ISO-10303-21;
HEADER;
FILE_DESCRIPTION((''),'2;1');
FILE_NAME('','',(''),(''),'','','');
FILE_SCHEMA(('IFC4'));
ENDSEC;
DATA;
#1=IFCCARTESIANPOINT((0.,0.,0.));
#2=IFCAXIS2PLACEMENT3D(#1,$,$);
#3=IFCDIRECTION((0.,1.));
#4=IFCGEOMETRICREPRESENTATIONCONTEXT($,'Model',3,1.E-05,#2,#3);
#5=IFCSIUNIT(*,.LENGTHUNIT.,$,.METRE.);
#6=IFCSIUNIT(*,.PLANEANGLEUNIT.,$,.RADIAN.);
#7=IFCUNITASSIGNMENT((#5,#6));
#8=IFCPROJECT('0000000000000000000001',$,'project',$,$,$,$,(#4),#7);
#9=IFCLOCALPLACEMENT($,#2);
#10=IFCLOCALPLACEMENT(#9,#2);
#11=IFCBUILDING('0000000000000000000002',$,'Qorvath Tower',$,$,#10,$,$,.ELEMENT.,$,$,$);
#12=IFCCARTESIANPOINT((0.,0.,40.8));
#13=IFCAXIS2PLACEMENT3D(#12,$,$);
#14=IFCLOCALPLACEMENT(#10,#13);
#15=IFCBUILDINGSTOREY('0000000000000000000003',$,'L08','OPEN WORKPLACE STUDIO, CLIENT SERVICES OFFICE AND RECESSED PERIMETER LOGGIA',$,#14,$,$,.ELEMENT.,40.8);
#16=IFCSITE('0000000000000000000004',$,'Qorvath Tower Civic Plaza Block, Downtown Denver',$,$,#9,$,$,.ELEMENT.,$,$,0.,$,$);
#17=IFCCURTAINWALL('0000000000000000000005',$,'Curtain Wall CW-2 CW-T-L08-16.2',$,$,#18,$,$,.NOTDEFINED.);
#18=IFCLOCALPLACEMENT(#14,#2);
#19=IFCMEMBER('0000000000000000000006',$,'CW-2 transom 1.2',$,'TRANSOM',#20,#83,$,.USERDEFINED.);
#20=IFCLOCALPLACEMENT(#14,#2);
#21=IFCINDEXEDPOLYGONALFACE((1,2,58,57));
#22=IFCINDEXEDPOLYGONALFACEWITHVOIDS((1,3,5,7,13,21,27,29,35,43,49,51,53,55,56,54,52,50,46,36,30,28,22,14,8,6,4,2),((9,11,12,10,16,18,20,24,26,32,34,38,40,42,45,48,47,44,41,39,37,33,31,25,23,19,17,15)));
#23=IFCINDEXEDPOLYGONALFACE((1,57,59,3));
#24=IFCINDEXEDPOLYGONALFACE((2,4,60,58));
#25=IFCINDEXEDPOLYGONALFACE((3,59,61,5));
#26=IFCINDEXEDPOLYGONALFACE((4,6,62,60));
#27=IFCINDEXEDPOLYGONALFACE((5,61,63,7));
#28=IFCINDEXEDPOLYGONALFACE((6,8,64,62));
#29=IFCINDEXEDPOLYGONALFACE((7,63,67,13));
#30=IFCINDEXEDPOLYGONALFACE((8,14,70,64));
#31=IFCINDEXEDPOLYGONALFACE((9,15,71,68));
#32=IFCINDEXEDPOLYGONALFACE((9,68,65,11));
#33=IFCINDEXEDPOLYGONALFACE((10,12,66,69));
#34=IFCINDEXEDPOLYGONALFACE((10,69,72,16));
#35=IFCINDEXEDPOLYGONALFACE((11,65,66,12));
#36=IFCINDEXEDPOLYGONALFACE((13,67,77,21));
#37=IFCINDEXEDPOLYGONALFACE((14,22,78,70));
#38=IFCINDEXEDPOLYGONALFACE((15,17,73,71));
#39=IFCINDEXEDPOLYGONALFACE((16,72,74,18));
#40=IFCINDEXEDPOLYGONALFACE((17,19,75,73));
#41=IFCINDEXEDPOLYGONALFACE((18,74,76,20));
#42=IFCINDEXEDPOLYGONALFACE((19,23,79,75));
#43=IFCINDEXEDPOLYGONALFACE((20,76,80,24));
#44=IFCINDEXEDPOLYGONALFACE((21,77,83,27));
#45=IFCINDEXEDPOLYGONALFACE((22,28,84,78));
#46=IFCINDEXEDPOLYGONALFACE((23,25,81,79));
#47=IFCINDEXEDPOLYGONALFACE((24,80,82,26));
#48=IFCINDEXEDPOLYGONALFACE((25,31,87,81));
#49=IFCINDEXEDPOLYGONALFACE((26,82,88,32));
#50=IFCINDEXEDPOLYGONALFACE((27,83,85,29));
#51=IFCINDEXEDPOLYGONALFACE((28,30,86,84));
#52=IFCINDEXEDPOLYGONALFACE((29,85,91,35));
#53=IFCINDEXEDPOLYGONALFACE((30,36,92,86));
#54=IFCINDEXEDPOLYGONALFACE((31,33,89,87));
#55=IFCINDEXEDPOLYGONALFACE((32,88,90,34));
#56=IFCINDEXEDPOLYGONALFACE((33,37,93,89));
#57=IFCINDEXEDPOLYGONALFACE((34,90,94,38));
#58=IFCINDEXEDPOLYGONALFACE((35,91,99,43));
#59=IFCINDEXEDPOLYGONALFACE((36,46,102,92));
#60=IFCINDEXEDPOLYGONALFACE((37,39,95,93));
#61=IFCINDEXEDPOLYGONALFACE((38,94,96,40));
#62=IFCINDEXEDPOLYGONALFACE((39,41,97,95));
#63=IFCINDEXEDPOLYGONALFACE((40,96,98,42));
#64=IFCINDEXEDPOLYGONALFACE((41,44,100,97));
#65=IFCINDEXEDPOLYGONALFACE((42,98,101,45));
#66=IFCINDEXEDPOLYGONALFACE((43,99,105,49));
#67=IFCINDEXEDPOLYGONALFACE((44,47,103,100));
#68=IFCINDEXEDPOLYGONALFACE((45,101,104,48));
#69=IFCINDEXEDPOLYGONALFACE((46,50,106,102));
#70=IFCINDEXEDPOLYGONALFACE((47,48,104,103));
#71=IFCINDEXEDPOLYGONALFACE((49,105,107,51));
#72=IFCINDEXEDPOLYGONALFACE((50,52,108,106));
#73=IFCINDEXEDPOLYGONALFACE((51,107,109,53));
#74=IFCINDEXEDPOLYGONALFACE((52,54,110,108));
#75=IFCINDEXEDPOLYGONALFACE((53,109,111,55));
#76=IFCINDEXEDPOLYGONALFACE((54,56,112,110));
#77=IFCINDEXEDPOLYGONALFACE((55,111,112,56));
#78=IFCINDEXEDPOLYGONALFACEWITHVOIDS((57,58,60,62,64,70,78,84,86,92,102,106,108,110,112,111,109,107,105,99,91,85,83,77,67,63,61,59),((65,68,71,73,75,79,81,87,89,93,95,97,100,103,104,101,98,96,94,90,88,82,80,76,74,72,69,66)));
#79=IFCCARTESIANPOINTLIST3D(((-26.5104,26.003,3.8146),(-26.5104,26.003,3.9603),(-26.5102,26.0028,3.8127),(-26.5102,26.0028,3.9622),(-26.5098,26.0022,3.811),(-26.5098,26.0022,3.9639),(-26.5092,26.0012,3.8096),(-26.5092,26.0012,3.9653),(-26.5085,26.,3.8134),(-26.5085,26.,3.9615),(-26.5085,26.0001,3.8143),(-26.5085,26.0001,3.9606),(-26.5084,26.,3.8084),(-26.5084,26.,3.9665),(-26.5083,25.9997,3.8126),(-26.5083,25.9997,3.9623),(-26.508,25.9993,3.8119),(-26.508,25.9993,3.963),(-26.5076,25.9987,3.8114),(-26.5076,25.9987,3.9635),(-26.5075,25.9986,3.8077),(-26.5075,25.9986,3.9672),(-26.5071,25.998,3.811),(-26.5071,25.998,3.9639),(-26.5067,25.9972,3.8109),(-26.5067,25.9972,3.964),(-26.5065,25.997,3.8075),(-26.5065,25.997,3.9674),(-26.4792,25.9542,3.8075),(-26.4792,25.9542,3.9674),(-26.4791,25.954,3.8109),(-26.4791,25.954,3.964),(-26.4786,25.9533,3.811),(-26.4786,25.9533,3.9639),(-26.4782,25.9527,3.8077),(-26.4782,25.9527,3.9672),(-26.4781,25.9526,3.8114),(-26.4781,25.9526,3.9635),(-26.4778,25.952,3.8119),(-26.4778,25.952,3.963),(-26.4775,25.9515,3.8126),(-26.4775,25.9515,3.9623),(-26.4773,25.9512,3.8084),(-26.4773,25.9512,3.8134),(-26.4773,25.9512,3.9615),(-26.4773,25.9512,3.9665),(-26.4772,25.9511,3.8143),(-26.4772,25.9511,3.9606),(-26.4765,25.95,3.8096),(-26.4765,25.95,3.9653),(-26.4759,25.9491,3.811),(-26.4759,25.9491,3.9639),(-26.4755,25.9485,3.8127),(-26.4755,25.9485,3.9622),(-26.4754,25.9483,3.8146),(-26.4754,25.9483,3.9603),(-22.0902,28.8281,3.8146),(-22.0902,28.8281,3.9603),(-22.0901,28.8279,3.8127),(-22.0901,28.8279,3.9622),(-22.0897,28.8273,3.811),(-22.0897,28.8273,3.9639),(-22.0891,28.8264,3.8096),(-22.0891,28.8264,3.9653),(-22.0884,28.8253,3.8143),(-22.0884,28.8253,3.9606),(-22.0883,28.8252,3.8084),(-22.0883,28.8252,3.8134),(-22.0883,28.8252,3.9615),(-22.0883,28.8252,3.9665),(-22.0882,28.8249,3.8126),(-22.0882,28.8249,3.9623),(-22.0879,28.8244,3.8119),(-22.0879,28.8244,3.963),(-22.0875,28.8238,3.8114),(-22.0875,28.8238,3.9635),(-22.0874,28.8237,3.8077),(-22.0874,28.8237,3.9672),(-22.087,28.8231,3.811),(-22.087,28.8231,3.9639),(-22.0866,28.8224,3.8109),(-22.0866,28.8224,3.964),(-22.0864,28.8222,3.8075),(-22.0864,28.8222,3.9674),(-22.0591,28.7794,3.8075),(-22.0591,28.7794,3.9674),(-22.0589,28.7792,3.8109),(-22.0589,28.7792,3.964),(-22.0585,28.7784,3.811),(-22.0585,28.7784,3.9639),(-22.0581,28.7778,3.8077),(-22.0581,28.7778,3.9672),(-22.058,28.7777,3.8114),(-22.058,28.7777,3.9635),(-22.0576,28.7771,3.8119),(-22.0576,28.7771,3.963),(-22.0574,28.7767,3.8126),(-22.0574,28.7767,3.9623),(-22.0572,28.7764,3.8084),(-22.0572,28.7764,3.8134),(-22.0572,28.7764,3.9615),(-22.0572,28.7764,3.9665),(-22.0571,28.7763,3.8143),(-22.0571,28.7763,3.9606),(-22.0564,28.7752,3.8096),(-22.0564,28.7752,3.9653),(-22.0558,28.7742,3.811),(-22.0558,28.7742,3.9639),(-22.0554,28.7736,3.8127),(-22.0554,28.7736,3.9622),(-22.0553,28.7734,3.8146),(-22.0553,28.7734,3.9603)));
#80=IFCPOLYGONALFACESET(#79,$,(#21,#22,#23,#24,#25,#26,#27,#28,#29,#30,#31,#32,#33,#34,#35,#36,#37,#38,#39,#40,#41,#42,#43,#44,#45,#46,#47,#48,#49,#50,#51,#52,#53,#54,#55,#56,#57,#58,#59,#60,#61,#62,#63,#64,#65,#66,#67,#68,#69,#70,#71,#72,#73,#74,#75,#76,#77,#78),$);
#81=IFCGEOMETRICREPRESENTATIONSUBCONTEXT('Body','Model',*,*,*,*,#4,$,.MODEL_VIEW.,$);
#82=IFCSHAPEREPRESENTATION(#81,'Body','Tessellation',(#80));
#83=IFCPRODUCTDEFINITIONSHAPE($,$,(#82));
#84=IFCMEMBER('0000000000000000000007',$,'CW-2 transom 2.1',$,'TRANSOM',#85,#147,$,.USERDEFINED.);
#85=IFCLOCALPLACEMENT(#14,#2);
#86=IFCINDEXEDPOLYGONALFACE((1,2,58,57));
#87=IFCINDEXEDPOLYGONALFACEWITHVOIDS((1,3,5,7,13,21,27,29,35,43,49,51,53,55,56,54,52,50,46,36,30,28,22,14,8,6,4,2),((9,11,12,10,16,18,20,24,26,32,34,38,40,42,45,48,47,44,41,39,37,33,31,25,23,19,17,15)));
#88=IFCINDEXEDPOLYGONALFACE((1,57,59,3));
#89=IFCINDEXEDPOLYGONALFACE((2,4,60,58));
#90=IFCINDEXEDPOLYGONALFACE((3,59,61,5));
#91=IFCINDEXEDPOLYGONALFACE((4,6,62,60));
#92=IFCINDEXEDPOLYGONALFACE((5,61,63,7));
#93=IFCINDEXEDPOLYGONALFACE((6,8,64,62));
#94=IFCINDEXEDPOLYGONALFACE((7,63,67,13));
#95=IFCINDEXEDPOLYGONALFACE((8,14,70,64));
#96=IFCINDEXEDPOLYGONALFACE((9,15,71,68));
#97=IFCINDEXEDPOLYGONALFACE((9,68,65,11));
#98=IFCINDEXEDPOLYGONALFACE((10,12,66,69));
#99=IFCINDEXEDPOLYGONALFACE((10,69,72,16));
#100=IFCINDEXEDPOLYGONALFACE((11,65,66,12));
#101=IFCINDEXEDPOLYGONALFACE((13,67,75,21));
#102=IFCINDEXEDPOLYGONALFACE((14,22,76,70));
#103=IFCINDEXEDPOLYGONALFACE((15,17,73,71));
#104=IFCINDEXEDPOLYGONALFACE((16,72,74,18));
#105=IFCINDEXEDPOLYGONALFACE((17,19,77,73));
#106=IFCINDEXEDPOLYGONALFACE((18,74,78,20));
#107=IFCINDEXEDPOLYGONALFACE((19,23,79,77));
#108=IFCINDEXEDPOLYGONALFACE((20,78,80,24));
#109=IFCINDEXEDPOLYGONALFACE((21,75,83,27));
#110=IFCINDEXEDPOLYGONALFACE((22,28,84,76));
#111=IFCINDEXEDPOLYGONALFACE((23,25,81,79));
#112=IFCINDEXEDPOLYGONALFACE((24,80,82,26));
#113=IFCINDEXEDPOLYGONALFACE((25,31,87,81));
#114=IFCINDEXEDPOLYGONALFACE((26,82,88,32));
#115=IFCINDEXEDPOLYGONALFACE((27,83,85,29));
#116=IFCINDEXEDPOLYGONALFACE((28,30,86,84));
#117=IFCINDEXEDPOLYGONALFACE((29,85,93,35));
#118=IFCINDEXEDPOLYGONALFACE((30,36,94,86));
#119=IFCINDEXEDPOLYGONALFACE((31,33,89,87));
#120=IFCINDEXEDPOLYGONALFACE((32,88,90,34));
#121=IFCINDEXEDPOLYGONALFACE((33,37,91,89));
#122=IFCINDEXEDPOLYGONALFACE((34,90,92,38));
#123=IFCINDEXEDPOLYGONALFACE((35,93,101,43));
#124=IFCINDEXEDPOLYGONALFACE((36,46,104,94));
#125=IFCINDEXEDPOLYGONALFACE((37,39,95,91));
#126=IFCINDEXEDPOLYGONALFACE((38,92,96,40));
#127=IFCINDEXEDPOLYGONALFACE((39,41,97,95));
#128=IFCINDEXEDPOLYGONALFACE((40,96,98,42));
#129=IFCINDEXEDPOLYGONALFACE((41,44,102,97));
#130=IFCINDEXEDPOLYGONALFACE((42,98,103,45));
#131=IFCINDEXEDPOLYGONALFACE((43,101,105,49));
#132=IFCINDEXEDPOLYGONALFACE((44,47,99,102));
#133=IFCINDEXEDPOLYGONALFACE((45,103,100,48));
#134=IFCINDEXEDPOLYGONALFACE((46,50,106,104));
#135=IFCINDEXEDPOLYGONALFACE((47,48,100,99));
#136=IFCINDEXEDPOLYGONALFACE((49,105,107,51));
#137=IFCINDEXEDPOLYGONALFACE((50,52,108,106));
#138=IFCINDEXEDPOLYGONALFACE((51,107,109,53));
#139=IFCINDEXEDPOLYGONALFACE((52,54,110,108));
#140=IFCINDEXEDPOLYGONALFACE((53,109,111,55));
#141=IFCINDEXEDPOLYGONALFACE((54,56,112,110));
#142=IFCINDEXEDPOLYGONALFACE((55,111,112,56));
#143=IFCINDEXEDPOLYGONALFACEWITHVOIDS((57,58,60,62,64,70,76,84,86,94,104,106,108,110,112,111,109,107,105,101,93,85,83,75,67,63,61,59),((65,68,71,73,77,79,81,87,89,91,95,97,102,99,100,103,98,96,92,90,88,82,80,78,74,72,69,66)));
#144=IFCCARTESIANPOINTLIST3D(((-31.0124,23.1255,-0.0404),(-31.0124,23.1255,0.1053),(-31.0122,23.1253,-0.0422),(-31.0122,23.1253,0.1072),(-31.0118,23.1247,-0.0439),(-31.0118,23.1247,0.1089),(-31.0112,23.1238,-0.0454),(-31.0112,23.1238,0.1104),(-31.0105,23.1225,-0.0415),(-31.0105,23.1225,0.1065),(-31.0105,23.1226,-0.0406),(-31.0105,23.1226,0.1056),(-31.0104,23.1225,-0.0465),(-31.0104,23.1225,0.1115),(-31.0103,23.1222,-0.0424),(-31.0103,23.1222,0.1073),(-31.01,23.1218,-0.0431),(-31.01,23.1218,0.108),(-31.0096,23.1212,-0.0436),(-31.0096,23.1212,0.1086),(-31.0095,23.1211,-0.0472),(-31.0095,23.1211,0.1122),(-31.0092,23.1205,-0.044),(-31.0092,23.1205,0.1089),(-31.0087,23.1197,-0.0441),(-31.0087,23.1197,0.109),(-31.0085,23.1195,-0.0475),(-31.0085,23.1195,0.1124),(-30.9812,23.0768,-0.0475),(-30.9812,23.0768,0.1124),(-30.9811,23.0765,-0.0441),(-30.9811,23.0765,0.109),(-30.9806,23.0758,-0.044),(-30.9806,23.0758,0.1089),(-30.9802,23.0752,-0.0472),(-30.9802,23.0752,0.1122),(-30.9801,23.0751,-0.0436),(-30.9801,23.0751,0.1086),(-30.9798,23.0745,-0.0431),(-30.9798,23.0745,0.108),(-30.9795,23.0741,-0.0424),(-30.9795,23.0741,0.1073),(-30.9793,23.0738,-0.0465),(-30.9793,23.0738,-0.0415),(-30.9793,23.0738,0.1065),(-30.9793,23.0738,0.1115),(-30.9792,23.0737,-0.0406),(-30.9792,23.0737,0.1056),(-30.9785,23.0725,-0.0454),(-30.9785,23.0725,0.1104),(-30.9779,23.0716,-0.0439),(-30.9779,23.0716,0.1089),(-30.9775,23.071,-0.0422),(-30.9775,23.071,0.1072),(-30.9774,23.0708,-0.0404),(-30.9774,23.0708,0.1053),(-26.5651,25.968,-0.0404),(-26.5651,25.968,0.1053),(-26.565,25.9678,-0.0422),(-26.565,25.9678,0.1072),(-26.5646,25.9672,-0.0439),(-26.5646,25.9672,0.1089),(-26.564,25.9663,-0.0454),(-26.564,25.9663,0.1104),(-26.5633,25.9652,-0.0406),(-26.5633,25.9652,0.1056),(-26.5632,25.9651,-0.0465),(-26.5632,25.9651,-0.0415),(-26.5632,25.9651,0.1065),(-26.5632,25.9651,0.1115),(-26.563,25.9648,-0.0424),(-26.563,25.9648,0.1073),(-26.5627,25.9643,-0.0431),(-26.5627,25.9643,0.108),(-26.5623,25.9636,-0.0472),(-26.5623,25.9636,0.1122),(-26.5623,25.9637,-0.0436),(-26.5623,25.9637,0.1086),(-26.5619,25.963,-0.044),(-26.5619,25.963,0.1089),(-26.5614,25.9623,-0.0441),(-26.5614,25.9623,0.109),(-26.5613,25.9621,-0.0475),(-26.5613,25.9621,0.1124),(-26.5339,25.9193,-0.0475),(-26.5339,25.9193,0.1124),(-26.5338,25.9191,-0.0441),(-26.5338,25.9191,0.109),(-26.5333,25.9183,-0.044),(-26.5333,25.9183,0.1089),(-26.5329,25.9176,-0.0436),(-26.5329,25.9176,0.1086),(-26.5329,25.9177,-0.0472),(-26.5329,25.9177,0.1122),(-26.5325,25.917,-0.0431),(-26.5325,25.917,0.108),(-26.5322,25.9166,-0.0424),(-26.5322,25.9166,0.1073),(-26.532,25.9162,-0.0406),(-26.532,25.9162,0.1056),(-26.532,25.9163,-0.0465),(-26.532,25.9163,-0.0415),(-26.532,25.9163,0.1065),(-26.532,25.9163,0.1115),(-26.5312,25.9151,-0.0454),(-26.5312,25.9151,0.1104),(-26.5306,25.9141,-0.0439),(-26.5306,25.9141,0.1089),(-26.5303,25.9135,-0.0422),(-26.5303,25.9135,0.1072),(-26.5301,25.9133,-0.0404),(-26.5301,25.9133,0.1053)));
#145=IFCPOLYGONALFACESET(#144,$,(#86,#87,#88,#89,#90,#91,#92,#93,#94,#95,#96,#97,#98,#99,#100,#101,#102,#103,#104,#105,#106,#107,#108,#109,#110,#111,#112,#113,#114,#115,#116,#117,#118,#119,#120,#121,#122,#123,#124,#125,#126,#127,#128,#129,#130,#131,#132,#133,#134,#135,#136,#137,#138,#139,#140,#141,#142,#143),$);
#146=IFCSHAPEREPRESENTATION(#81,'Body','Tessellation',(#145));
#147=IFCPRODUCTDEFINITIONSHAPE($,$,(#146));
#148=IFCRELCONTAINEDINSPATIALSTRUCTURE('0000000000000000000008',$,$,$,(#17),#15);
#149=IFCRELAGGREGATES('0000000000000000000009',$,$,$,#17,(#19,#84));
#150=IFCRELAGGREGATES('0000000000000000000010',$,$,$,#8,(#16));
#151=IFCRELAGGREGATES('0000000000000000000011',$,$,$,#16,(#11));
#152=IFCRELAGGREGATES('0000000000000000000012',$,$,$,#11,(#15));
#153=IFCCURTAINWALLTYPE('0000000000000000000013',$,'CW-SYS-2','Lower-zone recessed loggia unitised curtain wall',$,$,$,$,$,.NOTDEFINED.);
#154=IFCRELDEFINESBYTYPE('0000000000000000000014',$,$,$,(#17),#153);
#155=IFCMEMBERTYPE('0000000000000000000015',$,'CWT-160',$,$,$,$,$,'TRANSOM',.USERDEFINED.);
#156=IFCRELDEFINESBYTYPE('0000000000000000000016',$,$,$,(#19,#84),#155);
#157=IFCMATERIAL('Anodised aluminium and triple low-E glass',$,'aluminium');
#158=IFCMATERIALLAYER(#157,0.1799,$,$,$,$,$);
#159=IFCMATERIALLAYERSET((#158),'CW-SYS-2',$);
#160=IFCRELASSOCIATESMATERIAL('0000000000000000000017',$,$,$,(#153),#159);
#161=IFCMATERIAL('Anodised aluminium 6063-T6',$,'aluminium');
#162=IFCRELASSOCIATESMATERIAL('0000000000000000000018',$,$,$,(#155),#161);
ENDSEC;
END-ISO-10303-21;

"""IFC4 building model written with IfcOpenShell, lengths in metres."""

from ifc_helpers import new_model, si_unit, direction, frame, origin, origin_2d, place, context, subcontext, project, spatial, hollow_rectangle, extrude, material, layer, layer_set, material_profile, profile_set, type_object, element, aggregate, save


model = new_model("IFC4")

# Units and contexts
model_context = context("Model", 3, precision=1e-05, world=origin(), true_north=direction((0.0, 1.0)))
body_context = subcontext(model_context, "Body", "Model", "MODEL_VIEW")
ifc_project = project(units=[si_unit("LENGTHUNIT", "METRE"), si_unit("PLANEANGLEUNIT", "RADIAN")], contexts=[model_context])

# Site, building, storey
site_placement = place(None, origin())
site = spatial("IfcSite", under=ifc_project, at=site_placement, Name="Qorvath Tower Civic Plaza Block, Downtown Denver", CompositionType="ELEMENT", RefElevation=0.0)
building_placement = place(site_placement, origin())
building = spatial("IfcBuilding", under=site, at=building_placement, Name="Qorvath Tower", CompositionType="ELEMENT")
storey_placement = place(building_placement, frame((0.0, 0.0, 40.8)))
storey = spatial("IfcBuildingStorey", under=building, at=storey_placement, Name="L08", Description="OPEN WORKPLACE STUDIO, CLIENT SERVICES OFFICE AND RECESSED PERIMETER LOGGIA", CompositionType="ELEMENT", Elevation=40.8)

# Shared definitions
ifc_material_1 = material(Name="Anodised aluminium and triple low-E glass", Category="aluminium")
ifc_layer_1 = layer(ifc_material_1, 0.1799)
ifc_layer_set_1 = layer_set([ifc_layer_1], Name="CW-SYS-2")
curtain_wall_type = type_object("IfcCurtainWallType", Name="CW-SYS-2", Description="Lower-zone recessed loggia unitised curtain wall", PredefinedType="NOTDEFINED", material=ifc_layer_set_1)

# Curtain wall, members
curtain_wall_1_placement = place(storey_placement, origin())
curtain_wall_1 = element("IfcCurtainWall", 1, at=curtain_wall_1_placement, inside=storey, type_object=curtain_wall_type, Name="Curtain Wall CW-2 CW-T-L08-16.2", PredefinedType="NOTDEFINED")
ifc_material_2 = material(Name="Anodised aluminium 6063-T6", Category="aluminium")
ifc_material_profile_1 = material_profile(ifc_material_2, hollow_rectangle(XDim=0.0649, YDim=0.1599, WallThickness=0.0034, InnerFilletRadius=0.0034, OuterFilletRadius=0.0071, at=origin_2d()), Name="CWT 160x65")
ifc_profile_set_1 = profile_set([ifc_material_profile_1], Name="Anodised aluminium 6063-T6")
member_type_1 = type_object("IfcMemberType", Name="CWT-160", ElementType="TRANSOM", PredefinedType="USERDEFINED", material=ifc_profile_set_1)
member_1_placement = place(storey_placement, frame((-22.0728, 28.8008, 3.8875), z_axis=(-0.842592, -0.538552, 0.0), x_axis=(0.538552, -0.842592, 0.0)))
member_1 = element("IfcMember", 2, at=member_1_placement, type_object=member_type_1, Name="CW-2 transom 1.2", ObjectType="TRANSOM", PredefinedType="USERDEFINED", context=body_context, shape_type="SweptSolid", body=[
    extrude(hollow_rectangle(XDim=0.0649, YDim=0.1599, WallThickness=0.0034, InnerFilletRadius=0.0034, OuterFilletRadius=0.0071, at=origin_2d()), origin(), (0.0, 0.0, 1.0), 5.2458),
])
member_2_placement = place(storey_placement, frame((-26.5476, 25.9407, 0.0325), z_axis=(-0.842591, -0.538554, 0.0), x_axis=(0.538554, -0.842591, 0.0)))
member_2 = element("IfcMember", 3, at=member_2_placement, type_object=member_type_1, Name="CW-2 transom 2.1", ObjectType="TRANSOM", PredefinedType="USERDEFINED", context=body_context, shape_type="SweptSolid", body=[
    extrude(hollow_rectangle(XDim=0.0649, YDim=0.1599, WallThickness=0.0034, InnerFilletRadius=0.0034, OuterFilletRadius=0.0071, at=origin_2d()), origin(), (0.0, 0.0, 1.0), 5.2781),
])
aggregate(curtain_wall_1, [member_1, member_2])

save(model, "model.ifc")
